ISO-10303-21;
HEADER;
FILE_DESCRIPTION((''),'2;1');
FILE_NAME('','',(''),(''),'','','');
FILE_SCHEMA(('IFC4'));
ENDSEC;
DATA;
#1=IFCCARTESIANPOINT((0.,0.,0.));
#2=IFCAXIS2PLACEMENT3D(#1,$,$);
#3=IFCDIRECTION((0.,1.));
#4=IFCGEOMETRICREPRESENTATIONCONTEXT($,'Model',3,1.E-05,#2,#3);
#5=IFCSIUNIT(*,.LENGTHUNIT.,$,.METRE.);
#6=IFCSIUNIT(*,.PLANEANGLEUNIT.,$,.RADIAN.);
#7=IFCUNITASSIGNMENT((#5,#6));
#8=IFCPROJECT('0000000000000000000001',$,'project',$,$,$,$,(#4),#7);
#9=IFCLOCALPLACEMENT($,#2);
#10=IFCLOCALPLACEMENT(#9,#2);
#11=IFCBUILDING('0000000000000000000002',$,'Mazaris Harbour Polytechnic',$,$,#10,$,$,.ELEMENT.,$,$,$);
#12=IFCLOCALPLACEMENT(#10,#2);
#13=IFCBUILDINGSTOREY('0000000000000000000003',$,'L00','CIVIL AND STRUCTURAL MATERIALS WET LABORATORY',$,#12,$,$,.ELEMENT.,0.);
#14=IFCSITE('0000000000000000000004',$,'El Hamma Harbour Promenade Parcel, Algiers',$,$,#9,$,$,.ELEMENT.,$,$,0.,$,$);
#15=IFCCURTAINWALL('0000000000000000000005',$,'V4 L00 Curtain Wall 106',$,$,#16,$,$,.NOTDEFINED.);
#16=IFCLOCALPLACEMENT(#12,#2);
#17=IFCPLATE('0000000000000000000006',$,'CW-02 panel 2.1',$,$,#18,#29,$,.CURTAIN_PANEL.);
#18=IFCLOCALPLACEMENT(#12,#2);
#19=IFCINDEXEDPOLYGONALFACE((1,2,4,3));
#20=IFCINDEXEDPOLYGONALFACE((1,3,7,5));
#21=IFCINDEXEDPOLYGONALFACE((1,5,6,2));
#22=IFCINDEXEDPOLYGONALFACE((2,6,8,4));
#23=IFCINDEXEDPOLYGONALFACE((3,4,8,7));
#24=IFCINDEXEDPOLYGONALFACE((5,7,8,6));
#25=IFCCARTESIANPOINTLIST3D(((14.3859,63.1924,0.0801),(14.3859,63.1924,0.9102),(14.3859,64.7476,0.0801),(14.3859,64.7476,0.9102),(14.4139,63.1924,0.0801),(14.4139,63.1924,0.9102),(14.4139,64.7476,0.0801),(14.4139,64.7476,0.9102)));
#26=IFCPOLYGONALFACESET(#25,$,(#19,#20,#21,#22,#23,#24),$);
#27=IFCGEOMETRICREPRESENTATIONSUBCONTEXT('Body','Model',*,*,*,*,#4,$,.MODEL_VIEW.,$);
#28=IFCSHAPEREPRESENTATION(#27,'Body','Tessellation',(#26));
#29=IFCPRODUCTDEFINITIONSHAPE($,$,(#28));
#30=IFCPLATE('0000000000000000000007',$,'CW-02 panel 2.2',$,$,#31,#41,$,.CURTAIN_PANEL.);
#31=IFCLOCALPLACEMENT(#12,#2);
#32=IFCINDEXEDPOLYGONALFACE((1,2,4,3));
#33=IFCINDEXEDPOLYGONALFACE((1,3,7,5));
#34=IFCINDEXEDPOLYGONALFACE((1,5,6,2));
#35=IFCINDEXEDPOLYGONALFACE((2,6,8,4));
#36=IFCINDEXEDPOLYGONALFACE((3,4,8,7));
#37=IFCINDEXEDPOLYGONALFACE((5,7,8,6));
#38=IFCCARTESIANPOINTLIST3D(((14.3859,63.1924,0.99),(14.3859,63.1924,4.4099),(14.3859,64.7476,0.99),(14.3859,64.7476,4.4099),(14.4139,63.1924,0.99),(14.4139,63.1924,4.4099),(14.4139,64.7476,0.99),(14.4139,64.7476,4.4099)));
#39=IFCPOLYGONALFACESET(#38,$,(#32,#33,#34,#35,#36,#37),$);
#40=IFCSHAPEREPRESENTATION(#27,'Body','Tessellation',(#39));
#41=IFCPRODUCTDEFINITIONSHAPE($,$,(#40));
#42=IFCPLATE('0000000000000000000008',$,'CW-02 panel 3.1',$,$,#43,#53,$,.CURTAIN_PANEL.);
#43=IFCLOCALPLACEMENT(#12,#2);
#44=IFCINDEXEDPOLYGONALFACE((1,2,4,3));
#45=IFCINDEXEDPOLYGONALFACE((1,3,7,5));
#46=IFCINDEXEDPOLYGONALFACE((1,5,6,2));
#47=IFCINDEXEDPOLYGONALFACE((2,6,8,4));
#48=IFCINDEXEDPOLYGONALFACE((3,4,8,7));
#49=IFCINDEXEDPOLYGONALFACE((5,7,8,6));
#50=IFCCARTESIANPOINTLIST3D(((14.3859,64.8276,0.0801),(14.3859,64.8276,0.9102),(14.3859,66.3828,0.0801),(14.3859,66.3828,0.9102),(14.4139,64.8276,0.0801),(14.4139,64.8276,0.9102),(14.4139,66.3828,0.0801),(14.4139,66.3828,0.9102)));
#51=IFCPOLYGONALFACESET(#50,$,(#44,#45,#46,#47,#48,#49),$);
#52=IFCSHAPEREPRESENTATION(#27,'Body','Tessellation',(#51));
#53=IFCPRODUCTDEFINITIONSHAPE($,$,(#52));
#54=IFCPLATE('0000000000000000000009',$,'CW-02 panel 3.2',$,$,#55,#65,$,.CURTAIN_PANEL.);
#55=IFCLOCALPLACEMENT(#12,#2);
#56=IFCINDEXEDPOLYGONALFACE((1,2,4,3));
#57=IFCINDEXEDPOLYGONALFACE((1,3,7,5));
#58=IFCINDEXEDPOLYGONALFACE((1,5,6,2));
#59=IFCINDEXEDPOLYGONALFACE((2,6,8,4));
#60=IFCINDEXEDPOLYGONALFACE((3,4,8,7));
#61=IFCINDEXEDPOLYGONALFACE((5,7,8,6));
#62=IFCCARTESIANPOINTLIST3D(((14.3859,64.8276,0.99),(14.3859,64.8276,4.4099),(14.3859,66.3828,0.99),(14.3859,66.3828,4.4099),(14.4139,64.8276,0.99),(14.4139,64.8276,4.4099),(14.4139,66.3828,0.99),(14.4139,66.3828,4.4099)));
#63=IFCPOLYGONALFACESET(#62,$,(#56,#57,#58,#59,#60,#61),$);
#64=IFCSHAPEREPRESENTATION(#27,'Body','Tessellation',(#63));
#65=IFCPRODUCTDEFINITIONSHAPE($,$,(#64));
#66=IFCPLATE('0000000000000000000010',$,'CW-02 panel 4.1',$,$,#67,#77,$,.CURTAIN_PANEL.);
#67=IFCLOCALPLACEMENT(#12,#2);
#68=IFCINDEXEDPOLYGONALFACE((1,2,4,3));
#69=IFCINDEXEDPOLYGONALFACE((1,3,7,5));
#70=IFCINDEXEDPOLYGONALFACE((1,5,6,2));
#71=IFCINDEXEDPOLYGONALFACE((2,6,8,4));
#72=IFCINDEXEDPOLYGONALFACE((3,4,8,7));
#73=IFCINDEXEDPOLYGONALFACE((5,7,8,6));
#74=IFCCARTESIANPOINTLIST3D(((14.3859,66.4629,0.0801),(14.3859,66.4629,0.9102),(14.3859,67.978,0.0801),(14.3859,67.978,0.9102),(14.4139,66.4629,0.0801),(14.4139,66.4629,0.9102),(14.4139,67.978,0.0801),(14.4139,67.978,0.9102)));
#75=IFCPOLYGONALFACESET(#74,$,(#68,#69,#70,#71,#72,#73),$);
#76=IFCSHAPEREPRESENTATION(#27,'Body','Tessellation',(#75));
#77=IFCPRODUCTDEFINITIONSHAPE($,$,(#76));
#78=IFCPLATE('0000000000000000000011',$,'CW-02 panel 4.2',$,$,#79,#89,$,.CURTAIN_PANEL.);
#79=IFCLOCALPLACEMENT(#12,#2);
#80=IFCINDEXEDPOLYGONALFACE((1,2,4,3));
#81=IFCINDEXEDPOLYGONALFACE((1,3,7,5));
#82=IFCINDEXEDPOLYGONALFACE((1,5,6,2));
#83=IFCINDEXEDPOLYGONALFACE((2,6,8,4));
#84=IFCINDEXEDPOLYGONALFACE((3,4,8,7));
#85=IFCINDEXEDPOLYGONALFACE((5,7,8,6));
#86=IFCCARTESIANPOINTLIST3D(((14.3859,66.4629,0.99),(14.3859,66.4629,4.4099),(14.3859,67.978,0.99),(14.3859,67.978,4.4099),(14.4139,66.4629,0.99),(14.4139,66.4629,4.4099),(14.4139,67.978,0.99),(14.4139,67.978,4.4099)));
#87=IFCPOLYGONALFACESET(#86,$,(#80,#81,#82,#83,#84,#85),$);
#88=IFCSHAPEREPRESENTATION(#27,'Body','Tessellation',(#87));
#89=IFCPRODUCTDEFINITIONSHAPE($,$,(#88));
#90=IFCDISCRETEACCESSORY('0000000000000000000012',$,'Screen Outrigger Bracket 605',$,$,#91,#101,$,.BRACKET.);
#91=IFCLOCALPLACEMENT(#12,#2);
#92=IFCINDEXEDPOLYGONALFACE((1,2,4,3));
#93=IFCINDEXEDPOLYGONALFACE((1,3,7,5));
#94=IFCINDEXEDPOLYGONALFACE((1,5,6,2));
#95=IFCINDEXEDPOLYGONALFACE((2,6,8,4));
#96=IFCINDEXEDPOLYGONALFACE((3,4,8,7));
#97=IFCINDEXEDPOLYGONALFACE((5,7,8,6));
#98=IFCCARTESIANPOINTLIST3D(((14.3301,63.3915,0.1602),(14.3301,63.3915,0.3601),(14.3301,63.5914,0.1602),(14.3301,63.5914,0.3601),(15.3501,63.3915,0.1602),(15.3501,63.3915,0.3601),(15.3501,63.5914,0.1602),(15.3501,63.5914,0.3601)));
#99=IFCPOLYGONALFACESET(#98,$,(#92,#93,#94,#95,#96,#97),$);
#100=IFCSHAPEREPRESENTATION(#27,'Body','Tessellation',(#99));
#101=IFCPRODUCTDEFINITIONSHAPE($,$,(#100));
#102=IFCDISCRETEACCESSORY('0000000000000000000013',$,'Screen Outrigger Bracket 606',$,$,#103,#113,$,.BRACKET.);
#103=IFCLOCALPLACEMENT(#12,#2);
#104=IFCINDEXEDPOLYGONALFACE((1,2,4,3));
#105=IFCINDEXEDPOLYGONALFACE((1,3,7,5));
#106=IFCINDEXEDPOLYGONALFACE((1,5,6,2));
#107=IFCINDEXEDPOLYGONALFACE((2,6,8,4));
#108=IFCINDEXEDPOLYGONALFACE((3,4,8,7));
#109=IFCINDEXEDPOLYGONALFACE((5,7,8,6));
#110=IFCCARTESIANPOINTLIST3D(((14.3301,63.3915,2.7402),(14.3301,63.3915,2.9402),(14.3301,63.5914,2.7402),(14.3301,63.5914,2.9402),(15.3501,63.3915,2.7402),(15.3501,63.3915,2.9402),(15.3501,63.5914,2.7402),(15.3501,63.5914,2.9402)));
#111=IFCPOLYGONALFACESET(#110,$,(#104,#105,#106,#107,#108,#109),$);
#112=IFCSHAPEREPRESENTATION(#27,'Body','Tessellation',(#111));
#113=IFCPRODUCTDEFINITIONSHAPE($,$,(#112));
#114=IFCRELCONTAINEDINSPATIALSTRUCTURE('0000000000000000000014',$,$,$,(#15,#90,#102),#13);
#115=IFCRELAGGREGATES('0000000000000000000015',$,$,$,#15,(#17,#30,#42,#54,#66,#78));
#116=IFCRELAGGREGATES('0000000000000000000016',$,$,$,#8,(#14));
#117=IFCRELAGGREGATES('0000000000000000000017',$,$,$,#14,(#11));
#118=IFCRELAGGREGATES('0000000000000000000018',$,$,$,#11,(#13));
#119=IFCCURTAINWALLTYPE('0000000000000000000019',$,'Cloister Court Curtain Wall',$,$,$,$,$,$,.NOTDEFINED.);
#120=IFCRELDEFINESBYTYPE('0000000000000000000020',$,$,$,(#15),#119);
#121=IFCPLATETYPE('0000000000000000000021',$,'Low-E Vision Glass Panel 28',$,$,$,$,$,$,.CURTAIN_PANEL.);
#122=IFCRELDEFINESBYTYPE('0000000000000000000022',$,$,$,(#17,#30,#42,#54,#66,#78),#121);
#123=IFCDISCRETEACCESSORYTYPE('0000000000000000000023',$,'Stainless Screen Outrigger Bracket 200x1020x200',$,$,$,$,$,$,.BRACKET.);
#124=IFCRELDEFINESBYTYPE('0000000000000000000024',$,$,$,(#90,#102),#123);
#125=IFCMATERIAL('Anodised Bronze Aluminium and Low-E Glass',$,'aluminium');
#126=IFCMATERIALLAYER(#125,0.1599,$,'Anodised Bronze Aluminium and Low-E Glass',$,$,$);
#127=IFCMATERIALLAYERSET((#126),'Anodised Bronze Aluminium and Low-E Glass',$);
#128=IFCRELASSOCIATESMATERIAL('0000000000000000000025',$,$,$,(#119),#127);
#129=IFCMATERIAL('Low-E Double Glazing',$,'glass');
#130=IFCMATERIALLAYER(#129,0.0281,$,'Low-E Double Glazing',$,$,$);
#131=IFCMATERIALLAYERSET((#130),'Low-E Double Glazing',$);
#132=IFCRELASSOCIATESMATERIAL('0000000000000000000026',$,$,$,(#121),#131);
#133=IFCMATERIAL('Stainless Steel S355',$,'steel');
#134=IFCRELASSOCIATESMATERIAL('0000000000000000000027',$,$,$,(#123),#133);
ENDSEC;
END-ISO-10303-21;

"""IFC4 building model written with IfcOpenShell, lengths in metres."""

from ifc_helpers import new_model, si_unit, direction, frame, origin, origin_2d, place, context, subcontext, project, spatial, rectangle, extrude, material, layer, layer_set, type_object, element, aggregate, save


model = new_model("IFC4")

# Units and contexts
model_context = context("Model", 3, precision=1e-05, world=origin(), true_north=direction((0.0, 1.0)))
body_context = subcontext(model_context, "Body", "Model", "MODEL_VIEW")
ifc_project = project(units=[si_unit("LENGTHUNIT", "METRE"), si_unit("PLANEANGLEUNIT", "RADIAN")], contexts=[model_context])

# Site, building, storey
site_placement = place(None, origin())
site = spatial("IfcSite", under=ifc_project, at=site_placement, Name="El Hamma Harbour Promenade Parcel, Algiers", CompositionType="ELEMENT", RefElevation=0.0)
building_placement = place(site_placement, origin())
building = spatial("IfcBuilding", under=site, at=building_placement, Name="Mazaris Harbour Polytechnic", CompositionType="ELEMENT")
storey_placement = place(building_placement, origin())
storey = spatial("IfcBuildingStorey", under=building, at=storey_placement, Name="L00", Description="CIVIL AND STRUCTURAL MATERIALS WET LABORATORY", CompositionType="ELEMENT", Elevation=0.0)

# Shared definitions
ifc_material_1 = material(Name="Anodised Bronze Aluminium and Low-E Glass", Category="aluminium")
ifc_layer_1 = layer(ifc_material_1, 0.1599, Name="Anodised Bronze Aluminium and Low-E Glass")
ifc_layer_set_1 = layer_set([ifc_layer_1], Name="Anodised Bronze Aluminium and Low-E Glass")
curtain_wall_type = type_object("IfcCurtainWallType", Name="Cloister Court Curtain Wall", PredefinedType="NOTDEFINED", material=ifc_layer_set_1)

# Curtain wall
curtain_wall_1_placement = place(storey_placement, origin())
curtain_wall_1 = element("IfcCurtainWall", 1, at=curtain_wall_1_placement, inside=storey, type_object=curtain_wall_type, Name="V4 L00 Curtain Wall 106", PredefinedType="NOTDEFINED")

# Plates
ifc_material_2 = material(Name="Low-E Double Glazing", Category="glass")
ifc_layer_2 = layer(ifc_material_2, 0.0281, Name="Low-E Double Glazing")
ifc_layer_set_2 = layer_set([ifc_layer_2], Name="Low-E Double Glazing")
plate_type = type_object("IfcPlateType", Name="Low-E Vision Glass Panel 28", PredefinedType="CURTAIN_PANEL", material=ifc_layer_set_2)
plate_1_placement = place(storey_placement, frame((14.3999, 63.97, 0.0801), z_axis=(0.0, 0.0, 1.0), x_axis=(0.0, 1.0, 0.0)))
plate_1 = element("IfcPlate", 2, at=plate_1_placement, type_object=plate_type, Name="CW-02 panel 2.1", PredefinedType="CURTAIN_PANEL", context=body_context, shape_type="SweptSolid", body=[
    extrude(rectangle(XDim=1.5552, YDim=0.0281, at=origin_2d()), origin(), (0.0, 0.0, 1.0), 0.8301),
])
plate_2_placement = place(storey_placement, frame((14.3999, 63.97, 0.99), z_axis=(0.0, 0.0, 1.0), x_axis=(0.0, 1.0, 0.0)))
plate_2 = element("IfcPlate", 3, at=plate_2_placement, type_object=plate_type, Name="CW-02 panel 2.2", PredefinedType="CURTAIN_PANEL", context=body_context, shape_type="SweptSolid", body=[
    extrude(rectangle(XDim=1.5552, YDim=0.0281, at=origin_2d()), origin(), (0.0, 0.0, 1.0), 3.4199),
])
plate_3_placement = place(storey_placement, frame((14.3999, 65.6052, 0.0801), z_axis=(0.0, 0.0, 1.0), x_axis=(0.0, 1.0, 0.0)))
plate_3 = element("IfcPlate", 4, at=plate_3_placement, type_object=plate_type, Name="CW-02 panel 3.1", PredefinedType="CURTAIN_PANEL", context=body_context, shape_type="SweptSolid", body=[
    extrude(rectangle(XDim=1.5552, YDim=0.0281, at=origin_2d()), origin(), (0.0, 0.0, 1.0), 0.8301),
])
plate_4_placement = place(storey_placement, frame((14.3999, 65.6052, 0.99), z_axis=(0.0, 0.0, 1.0), x_axis=(0.0, 1.0, 0.0)))
plate_4 = element("IfcPlate", 5, at=plate_4_placement, type_object=plate_type, Name="CW-02 panel 3.2", PredefinedType="CURTAIN_PANEL", context=body_context, shape_type="SweptSolid", body=[
    extrude(rectangle(XDim=1.5552, YDim=0.0281, at=origin_2d()), origin(), (0.0, 0.0, 1.0), 3.4199),
])
plate_5_placement = place(storey_placement, frame((14.3999, 67.2205, 0.0801), z_axis=(0.0, 0.0, 1.0), x_axis=(0.0, 1.0, 0.0)))
plate_5 = element("IfcPlate", 6, at=plate_5_placement, type_object=plate_type, Name="CW-02 panel 4.1", PredefinedType="CURTAIN_PANEL", context=body_context, shape_type="SweptSolid", body=[
    extrude(rectangle(XDim=1.5151, YDim=0.0281, at=origin_2d()), origin(), (0.0, 0.0, 1.0), 0.8301),
])
plate_6_placement = place(storey_placement, frame((14.3999, 67.2205, 0.99), z_axis=(0.0, 0.0, 1.0), x_axis=(0.0, 1.0, 0.0)))
plate_6 = element("IfcPlate", 7, at=plate_6_placement, type_object=plate_type, Name="CW-02 panel 4.2", PredefinedType="CURTAIN_PANEL", context=body_context, shape_type="SweptSolid", body=[
    extrude(rectangle(XDim=1.5151, YDim=0.0281, at=origin_2d()), origin(), (0.0, 0.0, 1.0), 3.4199),
])
aggregate(curtain_wall_1, [plate_1, plate_2, plate_3, plate_4, plate_5, plate_6])

# Discrete accessories
ifc_material_3 = material(Name="Stainless Steel S355", Category="steel")
discrete_accessory_type = type_object("IfcDiscreteAccessoryType", Name="Stainless Screen Outrigger Bracket 200x1020x200", PredefinedType="BRACKET", material=ifc_material_3)
for number, where, z_axis, x_axis, name in (
    (8, (14.8401, 63.4915, 0.1602), (0.0, 0.0, 1.0), (0.0, 1.0, 0.0), "Screen Outrigger Bracket 605"),
    (9, (14.8401, 63.4915, 2.7402), (0.0, 0.0, 1.0), (0.0, 1.0, 0.0), "Screen Outrigger Bracket 606"),
):
    element("IfcDiscreteAccessory", number, at=place(storey_placement, frame(where, z_axis=z_axis, x_axis=x_axis)), inside=storey, type_object=discrete_accessory_type, Name=name, PredefinedType="BRACKET", context=body_context, shape_type="SweptSolid", body=[
        extrude(rectangle(XDim=0.2, YDim=1.02, at=origin_2d()), origin(), (0.0, 0.0, 1.0), 0.2),
    ])

save(model, "model.ifc")
